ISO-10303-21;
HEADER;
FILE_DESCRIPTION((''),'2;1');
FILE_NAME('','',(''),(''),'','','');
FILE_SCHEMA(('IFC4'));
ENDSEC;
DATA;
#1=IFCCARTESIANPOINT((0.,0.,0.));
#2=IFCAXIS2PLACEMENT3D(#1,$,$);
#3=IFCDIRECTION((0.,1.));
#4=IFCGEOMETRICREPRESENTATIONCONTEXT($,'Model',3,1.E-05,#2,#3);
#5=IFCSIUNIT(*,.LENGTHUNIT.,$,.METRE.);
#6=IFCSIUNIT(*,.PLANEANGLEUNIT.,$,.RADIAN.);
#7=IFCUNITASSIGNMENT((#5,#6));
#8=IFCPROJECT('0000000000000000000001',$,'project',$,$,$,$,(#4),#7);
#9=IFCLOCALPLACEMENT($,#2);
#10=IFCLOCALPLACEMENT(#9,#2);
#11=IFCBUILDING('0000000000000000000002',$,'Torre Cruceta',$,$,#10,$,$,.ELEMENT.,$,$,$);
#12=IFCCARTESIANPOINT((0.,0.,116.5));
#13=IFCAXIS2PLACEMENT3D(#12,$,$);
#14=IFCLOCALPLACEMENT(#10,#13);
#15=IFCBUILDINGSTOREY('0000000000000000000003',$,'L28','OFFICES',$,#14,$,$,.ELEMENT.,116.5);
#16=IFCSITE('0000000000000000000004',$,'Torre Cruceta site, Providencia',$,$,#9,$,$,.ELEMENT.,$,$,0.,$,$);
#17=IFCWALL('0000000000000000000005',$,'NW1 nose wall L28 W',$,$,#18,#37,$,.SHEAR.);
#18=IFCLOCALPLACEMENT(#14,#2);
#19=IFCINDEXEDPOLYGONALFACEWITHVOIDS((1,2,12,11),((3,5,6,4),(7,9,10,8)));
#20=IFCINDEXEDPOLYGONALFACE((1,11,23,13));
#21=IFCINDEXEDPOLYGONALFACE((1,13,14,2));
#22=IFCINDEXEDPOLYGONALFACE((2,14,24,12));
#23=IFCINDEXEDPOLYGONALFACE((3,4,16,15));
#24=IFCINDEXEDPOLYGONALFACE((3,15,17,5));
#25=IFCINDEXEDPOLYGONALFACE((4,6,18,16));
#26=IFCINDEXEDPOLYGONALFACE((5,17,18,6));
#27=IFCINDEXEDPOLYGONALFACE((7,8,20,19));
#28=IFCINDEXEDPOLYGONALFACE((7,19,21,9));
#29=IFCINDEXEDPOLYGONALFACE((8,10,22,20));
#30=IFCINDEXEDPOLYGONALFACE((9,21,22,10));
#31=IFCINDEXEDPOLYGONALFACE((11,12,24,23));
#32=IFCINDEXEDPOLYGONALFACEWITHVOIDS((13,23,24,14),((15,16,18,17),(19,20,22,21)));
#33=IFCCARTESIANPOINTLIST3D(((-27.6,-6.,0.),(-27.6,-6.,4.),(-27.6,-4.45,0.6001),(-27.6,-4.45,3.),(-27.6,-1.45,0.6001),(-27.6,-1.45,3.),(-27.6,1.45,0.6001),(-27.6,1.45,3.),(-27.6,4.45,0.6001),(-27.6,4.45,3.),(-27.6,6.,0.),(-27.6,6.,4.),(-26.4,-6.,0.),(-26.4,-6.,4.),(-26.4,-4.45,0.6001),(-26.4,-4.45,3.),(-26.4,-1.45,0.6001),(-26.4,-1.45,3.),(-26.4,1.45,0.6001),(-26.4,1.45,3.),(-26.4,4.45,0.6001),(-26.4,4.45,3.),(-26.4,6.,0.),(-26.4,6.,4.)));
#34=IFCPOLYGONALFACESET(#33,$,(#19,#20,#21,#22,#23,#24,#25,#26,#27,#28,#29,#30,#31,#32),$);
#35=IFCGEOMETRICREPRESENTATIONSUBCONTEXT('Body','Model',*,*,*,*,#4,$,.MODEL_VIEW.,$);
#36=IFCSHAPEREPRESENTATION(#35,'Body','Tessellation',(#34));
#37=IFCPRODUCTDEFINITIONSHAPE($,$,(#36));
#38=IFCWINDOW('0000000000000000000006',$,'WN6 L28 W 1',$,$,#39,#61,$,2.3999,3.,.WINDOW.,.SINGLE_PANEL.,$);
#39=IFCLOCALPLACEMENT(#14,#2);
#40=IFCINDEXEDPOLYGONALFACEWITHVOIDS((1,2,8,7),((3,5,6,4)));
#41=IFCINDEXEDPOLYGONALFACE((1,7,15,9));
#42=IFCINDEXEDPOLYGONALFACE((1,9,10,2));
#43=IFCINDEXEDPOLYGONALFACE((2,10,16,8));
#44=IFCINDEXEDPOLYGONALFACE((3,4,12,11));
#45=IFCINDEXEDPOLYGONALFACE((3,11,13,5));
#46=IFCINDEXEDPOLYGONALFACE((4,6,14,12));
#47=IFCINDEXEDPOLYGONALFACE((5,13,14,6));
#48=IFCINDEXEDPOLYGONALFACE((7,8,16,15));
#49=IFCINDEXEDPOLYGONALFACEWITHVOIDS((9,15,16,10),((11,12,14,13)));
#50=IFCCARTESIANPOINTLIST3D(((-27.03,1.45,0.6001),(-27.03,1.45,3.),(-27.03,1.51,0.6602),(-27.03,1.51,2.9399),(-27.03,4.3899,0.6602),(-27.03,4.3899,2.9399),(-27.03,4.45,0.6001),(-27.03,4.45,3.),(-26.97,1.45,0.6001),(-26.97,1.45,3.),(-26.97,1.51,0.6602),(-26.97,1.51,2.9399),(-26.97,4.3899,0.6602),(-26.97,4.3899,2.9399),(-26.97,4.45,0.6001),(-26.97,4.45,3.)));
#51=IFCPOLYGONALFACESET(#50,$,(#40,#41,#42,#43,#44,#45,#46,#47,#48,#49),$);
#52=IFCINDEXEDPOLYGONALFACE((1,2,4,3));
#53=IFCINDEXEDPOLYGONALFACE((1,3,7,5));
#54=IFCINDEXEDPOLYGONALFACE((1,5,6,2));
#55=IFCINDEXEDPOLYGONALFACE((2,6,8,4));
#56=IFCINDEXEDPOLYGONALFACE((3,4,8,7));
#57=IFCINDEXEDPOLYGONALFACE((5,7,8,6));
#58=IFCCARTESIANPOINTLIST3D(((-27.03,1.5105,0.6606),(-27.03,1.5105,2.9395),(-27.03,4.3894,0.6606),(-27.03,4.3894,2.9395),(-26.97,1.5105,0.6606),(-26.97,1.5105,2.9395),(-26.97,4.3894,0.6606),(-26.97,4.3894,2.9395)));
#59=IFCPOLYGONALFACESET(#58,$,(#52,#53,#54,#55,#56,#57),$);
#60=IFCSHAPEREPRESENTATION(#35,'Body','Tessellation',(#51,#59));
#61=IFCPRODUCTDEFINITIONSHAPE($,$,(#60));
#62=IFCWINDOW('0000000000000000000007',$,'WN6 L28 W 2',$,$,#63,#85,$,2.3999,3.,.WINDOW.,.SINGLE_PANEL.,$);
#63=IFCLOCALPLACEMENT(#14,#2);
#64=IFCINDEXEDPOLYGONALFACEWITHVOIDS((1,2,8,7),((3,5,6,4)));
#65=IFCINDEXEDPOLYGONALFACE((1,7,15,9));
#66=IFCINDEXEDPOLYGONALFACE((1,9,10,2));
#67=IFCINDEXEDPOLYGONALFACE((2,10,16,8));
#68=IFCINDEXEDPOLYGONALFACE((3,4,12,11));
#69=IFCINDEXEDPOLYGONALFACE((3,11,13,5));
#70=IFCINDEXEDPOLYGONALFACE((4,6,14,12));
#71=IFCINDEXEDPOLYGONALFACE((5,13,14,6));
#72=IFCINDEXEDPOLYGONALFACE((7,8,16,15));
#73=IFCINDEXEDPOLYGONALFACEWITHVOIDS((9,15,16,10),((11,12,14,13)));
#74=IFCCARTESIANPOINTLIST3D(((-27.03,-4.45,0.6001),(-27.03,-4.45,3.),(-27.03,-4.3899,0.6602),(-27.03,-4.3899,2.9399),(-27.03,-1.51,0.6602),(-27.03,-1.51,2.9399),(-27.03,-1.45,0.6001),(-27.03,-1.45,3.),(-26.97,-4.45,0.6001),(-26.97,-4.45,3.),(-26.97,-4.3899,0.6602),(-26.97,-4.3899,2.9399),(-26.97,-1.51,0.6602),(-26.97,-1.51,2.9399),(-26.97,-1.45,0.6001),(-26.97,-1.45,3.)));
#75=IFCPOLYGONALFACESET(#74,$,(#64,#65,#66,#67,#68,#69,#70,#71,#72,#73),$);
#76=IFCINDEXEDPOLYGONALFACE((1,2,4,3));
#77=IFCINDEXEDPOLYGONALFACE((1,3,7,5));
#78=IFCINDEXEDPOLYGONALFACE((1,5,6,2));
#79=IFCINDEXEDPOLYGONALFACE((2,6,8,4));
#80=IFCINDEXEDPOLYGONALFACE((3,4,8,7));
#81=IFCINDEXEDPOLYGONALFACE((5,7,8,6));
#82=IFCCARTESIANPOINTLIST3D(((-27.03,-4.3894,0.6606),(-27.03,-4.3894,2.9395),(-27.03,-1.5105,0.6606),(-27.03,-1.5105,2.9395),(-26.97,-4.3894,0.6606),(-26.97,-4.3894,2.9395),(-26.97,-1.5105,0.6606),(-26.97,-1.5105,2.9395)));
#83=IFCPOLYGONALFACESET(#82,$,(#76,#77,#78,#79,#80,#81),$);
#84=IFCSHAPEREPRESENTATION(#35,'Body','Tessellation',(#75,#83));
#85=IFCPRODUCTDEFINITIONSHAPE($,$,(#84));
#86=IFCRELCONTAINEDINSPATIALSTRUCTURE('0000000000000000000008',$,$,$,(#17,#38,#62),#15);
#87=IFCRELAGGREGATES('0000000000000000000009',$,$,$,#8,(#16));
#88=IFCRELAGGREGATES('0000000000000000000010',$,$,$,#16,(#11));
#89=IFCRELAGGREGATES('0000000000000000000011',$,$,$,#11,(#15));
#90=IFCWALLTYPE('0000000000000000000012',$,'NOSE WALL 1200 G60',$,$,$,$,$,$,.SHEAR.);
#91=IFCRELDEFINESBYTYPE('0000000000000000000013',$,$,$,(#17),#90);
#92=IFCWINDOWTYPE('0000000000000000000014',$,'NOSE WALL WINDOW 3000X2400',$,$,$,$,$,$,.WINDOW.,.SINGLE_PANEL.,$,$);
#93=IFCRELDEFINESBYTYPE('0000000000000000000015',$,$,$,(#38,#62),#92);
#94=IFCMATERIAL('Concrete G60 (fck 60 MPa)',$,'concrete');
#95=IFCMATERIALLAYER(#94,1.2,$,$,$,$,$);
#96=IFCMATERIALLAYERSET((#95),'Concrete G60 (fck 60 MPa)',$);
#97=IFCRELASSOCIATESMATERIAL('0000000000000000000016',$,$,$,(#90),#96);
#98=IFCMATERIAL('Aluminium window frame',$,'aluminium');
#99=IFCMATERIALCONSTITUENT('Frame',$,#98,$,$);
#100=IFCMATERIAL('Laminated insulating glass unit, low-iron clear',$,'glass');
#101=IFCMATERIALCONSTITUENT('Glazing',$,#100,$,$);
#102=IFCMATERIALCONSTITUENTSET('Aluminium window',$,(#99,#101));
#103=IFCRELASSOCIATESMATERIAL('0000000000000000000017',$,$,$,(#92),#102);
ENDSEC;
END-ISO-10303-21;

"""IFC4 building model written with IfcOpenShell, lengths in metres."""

from ifc_helpers import new_model, si_unit, direction, frame, frame_2d, origin, place, context, subcontext, project, spatial, rectangle, hollow_rectangle, extrude, material, layer, layer_set, constituent, constituent_set, type_object, element, fill, save


model = new_model("IFC4")

# Units and contexts
model_context = context("Model", 3, precision=1e-05, world=origin(), true_north=direction((0.0, 1.0)))
body_context = subcontext(model_context, "Body", "Model", "MODEL_VIEW")
ifc_project = project(units=[si_unit("LENGTHUNIT", "METRE"), si_unit("PLANEANGLEUNIT", "RADIAN")], contexts=[model_context])

# Site, building, storey
site_placement = place(None, origin())
site = spatial("IfcSite", under=ifc_project, at=site_placement, Name="Torre Cruceta site, Providencia", CompositionType="ELEMENT", RefElevation=0.0)
building_placement = place(site_placement, origin())
building = spatial("IfcBuilding", under=site, at=building_placement, Name="Torre Cruceta", CompositionType="ELEMENT")
storey_placement = place(building_placement, frame((0.0, 0.0, 116.5)))
storey = spatial("IfcBuildingStorey", under=building, at=storey_placement, Name="L28", Description="OFFICES", CompositionType="ELEMENT", Elevation=116.5)

# Wall, openings, windows
ifc_material_1 = material(Name="Concrete G60 (fck 60 MPa)", Category="concrete")
ifc_layer_1 = layer(ifc_material_1, 1.2)
ifc_layer_set_1 = layer_set([ifc_layer_1], Name="Concrete G60 (fck 60 MPa)")
wall_type_1 = type_object("IfcWallType", Name="NOSE WALL 1200 G60", PredefinedType="SHEAR", material=ifc_layer_set_1)
wall_1_placement = place(storey_placement, frame((-27.0, 6.0, 0.0), z_axis=(0.0, 0.0, 1.0), x_axis=(0.0, -1.0, 0.0)))
wall_1 = element("IfcWall", 1, at=wall_1_placement, inside=storey, type_object=wall_type_1, Name="NW1 nose wall L28 W", PredefinedType="SHEAR", context=body_context, shape_type="SweptSolid", body=[
    extrude(rectangle(XDim=12.0, YDim=1.2, at=frame_2d((6.0, 0.0))), origin(), (0.0, 0.0, 1.0), 4.0),
])
opening_1_placement = place(wall_1_placement, frame((1.55, 0.0, 0.6001)))
opening_1 = element("IfcOpeningElement", 2, at=opening_1_placement, cuts=wall_1, PredefinedType="OPENING", context=body_context, shape_type="SweptSolid", body=[
    extrude(rectangle(XDim=3.0, YDim=2.3999, at=frame_2d((1.5, 1.2))), frame((0.0, 0.6099, 0.0), z_axis=(0.0, -1.0, 0.0), x_axis=(1.0, 0.0, 0.0)), (0.0, 0.0, 1.0), 1.22),
])
opening_2_placement = place(wall_1_placement, frame((7.45, 0.0, 0.6001)))
opening_2 = element("IfcOpeningElement", 3, at=opening_2_placement, cuts=wall_1, PredefinedType="OPENING", context=body_context, shape_type="SweptSolid", body=[
    extrude(rectangle(XDim=3.0, YDim=2.3999, at=frame_2d((1.5, 1.2))), frame((0.0, 0.6099, 0.0), z_axis=(0.0, -1.0, 0.0), x_axis=(1.0, 0.0, 0.0)), (0.0, 0.0, 1.0), 1.22),
])
ifc_material_2 = material(Name="Aluminium window frame", Category="aluminium")
ifc_constituent_1 = constituent(ifc_material_2, Name="Frame")
ifc_material_3 = material(Name="Laminated insulating glass unit, low-iron clear", Category="glass")
ifc_constituent_2 = constituent(ifc_material_3, Name="Glazing")
ifc_constituent_set_1 = constituent_set(constituents=[ifc_constituent_1, ifc_constituent_2], Name="Aluminium window")
window_type_1 = type_object("IfcWindowType", Name="NOSE WALL WINDOW 3000X2400", PartitioningType="SINGLE_PANEL", PredefinedType="WINDOW", material=ifc_constituent_set_1)
window_1_placement = place(opening_1_placement, origin())
window_1 = element("IfcWindow", 4, at=window_1_placement, inside=storey, type_object=window_type_1, Name="WN6 L28 W 1", OverallHeight=2.3999, OverallWidth=3.0, PartitioningType="SINGLE_PANEL", PredefinedType="WINDOW", context=body_context, shape_type="SweptSolid", body=[
    extrude(hollow_rectangle(XDim=3.0, YDim=2.3999, WallThickness=0.0601, at=frame_2d((1.5, 1.2))), frame((0.0, 0.03, 0.0), z_axis=(0.0, -1.0, 0.0), x_axis=(1.0, 0.0, 0.0)), (0.0, 0.0, 1.0), 0.0601),
    extrude(rectangle(XDim=2.8789, YDim=2.2788, at=frame_2d((1.5, 1.2))), frame((0.0, 0.03, 0.0), z_axis=(0.0, -1.0, 0.0), x_axis=(1.0, 0.0, 0.0)), (0.0, 0.0, 1.0), 0.0601),
])
fill(opening_1, window_1)
window_2_placement = place(opening_2_placement, origin())
window_2 = element("IfcWindow", 5, at=window_2_placement, inside=storey, type_object=window_type_1, Name="WN6 L28 W 2", OverallHeight=2.3999, OverallWidth=3.0, PartitioningType="SINGLE_PANEL", PredefinedType="WINDOW", context=body_context, shape_type="SweptSolid", body=[
    extrude(hollow_rectangle(XDim=3.0, YDim=2.3999, WallThickness=0.0601, at=frame_2d((1.5, 1.2))), frame((0.0, 0.03, 0.0), z_axis=(0.0, -1.0, 0.0), x_axis=(1.0, 0.0, 0.0)), (0.0, 0.0, 1.0), 0.0601),
    extrude(rectangle(XDim=2.8789, YDim=2.2788, at=frame_2d((1.5, 1.2))), frame((0.0, 0.03, 0.0), z_axis=(0.0, -1.0, 0.0), x_axis=(1.0, 0.0, 0.0)), (0.0, 0.0, 1.0), 0.0601),
])
fill(opening_2, window_2)

save(model, "model.ifc")
